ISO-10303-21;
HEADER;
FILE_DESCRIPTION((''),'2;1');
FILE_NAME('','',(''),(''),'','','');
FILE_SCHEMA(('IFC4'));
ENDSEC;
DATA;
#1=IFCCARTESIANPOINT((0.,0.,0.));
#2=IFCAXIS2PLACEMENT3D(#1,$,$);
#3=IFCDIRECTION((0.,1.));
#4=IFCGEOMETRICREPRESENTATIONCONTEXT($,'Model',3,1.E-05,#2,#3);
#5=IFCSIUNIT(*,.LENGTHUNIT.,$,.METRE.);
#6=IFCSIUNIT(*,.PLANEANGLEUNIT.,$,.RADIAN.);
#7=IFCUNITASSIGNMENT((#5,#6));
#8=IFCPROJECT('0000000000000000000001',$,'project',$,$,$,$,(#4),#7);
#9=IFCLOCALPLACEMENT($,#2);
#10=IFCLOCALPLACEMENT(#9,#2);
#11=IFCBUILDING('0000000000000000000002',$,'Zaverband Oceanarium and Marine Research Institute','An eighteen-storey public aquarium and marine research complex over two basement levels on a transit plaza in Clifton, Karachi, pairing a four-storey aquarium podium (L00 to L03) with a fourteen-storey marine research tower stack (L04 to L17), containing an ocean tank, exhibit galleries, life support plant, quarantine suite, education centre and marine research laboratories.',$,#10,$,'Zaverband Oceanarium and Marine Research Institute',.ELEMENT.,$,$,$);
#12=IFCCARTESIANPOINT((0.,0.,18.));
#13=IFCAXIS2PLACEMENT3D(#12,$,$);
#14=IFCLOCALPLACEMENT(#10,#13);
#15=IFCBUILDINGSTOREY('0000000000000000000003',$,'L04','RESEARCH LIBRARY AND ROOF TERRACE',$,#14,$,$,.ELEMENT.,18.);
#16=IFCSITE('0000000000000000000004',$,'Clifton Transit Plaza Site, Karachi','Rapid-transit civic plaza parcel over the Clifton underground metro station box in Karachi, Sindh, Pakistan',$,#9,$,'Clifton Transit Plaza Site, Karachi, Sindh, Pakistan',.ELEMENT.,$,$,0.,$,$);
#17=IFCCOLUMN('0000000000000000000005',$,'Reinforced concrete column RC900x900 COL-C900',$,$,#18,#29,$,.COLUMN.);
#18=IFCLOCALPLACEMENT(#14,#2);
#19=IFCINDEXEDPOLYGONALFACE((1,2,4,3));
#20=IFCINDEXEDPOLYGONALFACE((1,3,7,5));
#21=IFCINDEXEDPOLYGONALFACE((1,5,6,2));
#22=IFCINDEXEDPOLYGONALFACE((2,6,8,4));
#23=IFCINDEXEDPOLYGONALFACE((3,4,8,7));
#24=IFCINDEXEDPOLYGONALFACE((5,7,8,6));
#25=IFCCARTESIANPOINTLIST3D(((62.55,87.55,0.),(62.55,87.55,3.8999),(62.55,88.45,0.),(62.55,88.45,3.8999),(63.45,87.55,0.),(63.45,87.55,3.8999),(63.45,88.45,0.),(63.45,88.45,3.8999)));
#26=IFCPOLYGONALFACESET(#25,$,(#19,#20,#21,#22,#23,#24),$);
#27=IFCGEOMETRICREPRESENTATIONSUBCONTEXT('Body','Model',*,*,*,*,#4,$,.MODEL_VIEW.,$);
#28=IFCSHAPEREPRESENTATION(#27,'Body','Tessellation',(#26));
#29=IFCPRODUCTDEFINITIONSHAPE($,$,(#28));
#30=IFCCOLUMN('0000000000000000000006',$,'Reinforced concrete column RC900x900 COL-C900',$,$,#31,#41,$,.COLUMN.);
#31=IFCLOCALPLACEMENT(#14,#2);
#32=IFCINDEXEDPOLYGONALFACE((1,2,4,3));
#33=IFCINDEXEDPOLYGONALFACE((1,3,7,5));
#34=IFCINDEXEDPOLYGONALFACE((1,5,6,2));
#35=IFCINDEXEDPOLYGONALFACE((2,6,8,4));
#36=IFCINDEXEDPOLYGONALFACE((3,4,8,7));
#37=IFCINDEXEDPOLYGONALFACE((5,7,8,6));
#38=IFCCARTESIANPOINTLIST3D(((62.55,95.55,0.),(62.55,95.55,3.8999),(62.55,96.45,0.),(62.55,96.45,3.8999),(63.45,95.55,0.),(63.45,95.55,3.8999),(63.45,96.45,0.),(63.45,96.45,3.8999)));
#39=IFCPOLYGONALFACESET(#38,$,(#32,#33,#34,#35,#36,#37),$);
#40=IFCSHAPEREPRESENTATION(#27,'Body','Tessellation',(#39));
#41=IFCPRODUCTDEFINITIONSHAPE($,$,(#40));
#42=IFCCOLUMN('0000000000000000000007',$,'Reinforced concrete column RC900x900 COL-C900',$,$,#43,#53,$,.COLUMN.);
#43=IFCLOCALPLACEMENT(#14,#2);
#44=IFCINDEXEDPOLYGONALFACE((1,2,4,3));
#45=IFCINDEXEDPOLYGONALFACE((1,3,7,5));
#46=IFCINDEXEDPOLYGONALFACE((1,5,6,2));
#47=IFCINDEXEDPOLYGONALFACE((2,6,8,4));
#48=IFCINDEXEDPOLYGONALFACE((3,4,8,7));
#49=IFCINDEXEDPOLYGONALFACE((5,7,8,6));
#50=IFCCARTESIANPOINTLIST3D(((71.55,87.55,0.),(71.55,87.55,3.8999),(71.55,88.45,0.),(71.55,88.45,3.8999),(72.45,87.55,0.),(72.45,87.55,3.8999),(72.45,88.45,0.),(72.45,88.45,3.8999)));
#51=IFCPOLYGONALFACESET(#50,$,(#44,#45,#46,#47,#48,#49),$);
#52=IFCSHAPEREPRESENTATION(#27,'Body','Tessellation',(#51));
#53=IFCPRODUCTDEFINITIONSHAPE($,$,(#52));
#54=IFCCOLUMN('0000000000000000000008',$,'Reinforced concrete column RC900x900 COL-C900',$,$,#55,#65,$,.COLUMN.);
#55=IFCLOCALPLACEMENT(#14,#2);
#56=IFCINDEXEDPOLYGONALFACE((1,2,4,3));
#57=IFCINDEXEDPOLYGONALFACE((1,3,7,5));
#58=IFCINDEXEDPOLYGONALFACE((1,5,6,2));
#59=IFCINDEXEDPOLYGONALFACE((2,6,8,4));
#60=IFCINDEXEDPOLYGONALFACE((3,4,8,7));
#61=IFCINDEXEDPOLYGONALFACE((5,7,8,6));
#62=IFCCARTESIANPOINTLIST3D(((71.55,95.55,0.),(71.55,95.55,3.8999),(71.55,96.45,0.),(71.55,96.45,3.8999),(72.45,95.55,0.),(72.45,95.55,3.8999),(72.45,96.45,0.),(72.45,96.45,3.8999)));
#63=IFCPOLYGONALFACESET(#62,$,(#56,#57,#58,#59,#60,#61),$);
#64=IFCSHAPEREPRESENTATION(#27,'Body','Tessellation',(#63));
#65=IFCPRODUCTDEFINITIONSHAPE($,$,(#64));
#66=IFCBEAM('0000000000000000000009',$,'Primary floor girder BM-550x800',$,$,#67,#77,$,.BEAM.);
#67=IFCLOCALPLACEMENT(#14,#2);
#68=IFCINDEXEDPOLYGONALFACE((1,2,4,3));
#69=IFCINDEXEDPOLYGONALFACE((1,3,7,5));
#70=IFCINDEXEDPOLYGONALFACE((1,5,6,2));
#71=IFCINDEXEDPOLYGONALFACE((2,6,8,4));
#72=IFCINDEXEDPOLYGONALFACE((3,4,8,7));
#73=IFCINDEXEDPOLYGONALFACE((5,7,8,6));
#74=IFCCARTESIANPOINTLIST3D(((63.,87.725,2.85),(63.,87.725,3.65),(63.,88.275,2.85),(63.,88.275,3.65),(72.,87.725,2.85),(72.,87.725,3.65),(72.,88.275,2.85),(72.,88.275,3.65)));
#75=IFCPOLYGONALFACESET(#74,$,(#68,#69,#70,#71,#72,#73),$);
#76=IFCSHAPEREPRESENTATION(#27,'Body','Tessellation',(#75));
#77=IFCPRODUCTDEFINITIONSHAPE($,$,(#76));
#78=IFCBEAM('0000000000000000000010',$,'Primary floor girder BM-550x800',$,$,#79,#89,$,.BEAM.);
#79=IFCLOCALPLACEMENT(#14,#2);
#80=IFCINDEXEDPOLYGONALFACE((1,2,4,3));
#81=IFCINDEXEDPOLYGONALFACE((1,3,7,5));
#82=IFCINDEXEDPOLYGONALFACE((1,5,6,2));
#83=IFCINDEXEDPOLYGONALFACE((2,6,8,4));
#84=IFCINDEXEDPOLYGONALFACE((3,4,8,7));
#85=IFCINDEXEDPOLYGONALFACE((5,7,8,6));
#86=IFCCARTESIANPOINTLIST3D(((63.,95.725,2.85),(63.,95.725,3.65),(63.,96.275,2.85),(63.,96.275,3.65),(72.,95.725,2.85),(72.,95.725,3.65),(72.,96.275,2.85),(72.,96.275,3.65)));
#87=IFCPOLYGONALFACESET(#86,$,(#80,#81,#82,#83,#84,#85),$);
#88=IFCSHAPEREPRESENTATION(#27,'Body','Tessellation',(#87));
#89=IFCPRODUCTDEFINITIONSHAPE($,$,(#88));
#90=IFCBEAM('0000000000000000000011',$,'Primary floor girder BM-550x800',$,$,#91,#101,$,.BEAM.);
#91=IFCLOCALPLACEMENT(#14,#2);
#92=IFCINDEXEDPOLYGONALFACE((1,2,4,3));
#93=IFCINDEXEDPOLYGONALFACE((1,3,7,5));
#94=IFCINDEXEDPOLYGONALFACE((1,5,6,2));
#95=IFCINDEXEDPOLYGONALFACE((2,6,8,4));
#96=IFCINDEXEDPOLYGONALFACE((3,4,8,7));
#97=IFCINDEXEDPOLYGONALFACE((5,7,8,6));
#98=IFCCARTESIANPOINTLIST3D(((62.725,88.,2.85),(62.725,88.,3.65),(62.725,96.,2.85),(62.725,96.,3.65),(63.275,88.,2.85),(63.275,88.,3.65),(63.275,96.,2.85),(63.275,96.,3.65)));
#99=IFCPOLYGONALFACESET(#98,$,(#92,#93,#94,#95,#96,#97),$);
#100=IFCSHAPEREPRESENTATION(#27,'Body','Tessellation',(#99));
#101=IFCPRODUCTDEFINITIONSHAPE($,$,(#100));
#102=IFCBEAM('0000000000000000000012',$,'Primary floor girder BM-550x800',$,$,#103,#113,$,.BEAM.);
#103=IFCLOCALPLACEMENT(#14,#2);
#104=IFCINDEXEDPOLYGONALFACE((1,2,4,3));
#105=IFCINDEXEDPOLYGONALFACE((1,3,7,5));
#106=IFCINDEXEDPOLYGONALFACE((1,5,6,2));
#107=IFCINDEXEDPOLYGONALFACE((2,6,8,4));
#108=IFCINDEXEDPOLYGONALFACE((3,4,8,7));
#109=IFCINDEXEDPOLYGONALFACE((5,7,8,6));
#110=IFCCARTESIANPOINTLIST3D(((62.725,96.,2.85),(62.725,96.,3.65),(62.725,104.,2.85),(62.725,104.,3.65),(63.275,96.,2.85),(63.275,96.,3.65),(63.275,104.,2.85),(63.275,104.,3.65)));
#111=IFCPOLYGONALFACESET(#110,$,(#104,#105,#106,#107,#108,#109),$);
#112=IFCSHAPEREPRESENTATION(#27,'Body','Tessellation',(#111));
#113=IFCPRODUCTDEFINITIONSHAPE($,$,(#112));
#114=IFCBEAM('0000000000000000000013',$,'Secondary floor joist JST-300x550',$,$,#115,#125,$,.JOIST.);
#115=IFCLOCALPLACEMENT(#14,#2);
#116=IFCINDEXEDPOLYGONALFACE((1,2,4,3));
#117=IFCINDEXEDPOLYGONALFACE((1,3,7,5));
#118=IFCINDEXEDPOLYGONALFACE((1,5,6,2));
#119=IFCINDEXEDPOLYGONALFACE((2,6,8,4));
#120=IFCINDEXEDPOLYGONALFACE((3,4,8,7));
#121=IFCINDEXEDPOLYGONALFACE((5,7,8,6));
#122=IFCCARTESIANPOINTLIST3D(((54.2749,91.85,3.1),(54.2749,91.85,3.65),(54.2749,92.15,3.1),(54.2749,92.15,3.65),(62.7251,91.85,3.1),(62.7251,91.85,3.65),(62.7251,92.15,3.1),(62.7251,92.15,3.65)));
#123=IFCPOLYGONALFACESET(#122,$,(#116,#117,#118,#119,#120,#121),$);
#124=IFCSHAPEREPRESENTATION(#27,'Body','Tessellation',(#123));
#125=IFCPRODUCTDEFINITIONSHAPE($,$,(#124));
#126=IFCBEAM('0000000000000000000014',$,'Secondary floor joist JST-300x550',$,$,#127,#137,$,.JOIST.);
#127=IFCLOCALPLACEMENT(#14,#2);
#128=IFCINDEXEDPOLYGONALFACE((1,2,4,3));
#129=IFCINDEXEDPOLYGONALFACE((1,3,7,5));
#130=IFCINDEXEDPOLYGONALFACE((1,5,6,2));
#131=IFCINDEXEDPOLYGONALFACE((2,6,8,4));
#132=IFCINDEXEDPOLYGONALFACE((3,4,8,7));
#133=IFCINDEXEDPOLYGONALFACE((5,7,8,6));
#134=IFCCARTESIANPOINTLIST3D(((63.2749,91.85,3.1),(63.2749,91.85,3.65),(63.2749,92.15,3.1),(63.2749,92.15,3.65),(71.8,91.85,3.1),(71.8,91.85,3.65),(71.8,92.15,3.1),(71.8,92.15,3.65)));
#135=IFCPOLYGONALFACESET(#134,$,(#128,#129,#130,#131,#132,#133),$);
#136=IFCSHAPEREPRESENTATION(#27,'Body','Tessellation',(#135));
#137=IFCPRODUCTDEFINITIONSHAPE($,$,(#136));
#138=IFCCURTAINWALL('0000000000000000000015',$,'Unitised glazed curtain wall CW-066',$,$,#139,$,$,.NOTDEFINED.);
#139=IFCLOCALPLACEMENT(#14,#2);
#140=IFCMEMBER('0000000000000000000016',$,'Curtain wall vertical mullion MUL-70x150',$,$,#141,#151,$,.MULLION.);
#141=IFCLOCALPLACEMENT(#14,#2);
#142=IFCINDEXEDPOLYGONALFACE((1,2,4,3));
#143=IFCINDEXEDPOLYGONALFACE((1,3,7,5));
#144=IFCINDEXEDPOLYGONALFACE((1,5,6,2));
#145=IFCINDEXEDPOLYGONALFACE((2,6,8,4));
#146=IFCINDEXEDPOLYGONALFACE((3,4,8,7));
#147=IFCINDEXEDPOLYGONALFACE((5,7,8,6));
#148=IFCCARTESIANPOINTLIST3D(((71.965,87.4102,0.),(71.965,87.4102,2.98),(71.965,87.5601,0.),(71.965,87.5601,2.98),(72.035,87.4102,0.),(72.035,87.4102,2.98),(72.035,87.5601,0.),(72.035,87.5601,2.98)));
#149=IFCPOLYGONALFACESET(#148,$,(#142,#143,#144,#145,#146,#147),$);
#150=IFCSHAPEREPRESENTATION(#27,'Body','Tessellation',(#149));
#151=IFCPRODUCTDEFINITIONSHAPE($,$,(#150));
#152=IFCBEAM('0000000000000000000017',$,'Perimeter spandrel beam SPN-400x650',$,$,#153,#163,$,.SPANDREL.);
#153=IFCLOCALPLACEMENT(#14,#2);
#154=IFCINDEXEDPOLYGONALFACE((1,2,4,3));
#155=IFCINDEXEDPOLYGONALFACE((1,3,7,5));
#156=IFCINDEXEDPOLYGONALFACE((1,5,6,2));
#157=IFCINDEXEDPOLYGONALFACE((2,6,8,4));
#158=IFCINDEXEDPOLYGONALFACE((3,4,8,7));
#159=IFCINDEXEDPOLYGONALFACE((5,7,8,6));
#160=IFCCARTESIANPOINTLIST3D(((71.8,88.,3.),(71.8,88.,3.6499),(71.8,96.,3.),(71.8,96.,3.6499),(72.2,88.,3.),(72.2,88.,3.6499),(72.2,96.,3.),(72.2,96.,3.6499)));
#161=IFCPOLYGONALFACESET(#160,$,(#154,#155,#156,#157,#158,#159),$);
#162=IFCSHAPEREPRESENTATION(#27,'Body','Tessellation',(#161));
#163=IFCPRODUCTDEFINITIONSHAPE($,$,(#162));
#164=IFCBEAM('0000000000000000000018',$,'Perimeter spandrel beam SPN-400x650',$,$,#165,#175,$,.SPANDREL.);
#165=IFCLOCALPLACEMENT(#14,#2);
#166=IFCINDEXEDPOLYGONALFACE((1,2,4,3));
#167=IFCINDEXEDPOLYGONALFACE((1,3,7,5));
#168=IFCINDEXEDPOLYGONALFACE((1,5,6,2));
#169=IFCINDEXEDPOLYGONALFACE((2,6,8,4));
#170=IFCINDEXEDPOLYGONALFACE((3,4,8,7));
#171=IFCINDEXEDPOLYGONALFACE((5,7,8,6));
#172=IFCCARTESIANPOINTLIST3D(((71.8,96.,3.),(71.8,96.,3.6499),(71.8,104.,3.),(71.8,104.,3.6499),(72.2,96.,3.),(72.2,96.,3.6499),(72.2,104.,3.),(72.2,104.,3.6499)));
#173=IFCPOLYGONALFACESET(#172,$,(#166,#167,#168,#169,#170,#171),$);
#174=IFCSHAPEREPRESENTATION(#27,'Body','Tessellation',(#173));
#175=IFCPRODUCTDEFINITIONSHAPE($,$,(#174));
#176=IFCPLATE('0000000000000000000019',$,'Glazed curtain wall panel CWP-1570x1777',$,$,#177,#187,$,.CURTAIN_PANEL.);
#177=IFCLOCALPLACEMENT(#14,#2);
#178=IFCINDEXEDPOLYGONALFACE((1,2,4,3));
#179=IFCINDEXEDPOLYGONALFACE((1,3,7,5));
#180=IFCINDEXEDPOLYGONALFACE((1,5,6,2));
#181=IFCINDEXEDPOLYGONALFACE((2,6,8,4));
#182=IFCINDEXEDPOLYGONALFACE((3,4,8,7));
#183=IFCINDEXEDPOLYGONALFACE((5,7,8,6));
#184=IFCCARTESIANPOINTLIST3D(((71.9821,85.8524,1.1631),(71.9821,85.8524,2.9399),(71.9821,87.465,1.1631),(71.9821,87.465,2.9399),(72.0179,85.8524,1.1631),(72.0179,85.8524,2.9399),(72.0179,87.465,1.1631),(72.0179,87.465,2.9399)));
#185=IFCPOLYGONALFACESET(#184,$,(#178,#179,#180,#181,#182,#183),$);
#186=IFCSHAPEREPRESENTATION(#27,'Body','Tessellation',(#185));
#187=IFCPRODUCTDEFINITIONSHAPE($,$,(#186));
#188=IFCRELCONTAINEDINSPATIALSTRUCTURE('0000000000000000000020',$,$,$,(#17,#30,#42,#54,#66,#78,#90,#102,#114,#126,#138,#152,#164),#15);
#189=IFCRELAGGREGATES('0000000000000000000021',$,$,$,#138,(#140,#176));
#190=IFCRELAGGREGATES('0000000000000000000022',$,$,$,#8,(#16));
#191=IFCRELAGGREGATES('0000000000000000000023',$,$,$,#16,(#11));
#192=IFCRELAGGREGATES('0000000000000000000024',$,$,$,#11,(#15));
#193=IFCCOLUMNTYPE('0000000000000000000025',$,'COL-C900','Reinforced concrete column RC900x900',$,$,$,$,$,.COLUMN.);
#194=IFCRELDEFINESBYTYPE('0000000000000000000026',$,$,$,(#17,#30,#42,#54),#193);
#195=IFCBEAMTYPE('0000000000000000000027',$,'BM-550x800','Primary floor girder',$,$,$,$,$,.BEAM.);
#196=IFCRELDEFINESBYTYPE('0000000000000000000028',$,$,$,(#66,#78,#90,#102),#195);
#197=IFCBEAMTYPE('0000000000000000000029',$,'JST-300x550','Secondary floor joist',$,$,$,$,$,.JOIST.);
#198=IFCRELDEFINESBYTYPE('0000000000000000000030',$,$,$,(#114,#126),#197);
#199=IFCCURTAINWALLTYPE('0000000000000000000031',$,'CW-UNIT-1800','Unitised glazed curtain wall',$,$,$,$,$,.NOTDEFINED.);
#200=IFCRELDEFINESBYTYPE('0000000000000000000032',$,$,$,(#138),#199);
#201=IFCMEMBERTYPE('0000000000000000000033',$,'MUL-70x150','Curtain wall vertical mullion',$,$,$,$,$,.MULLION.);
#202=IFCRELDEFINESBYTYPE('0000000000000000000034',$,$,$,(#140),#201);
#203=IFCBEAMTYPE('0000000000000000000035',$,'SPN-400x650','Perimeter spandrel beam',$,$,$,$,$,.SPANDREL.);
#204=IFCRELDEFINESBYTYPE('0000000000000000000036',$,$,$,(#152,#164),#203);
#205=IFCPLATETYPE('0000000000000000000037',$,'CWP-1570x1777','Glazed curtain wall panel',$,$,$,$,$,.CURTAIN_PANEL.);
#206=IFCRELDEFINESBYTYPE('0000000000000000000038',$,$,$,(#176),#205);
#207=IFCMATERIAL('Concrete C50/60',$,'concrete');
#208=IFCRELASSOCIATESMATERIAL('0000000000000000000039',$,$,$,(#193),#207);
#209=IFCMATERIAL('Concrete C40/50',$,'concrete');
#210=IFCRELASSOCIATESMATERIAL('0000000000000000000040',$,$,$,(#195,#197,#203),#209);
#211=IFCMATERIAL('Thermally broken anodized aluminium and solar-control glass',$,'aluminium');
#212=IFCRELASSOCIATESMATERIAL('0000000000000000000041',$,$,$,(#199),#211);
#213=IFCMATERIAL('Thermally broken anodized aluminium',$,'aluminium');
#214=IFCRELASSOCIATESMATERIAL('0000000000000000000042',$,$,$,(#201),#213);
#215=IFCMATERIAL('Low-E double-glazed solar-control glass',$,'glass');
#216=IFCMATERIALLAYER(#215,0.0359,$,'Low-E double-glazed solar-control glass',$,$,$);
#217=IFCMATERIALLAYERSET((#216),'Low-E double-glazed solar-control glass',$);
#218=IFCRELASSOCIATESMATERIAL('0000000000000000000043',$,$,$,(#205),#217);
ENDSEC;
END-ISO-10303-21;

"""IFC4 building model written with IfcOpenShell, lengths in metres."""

from ifc_helpers import new_model, si_unit, direction, frame, frame_2d, origin, origin_2d, place, context, subcontext, project, spatial, rectangle, extrude, material, layer, layer_set, material_profile, profile_set, type_object, element, aggregate, save


model = new_model("IFC4")

# Units and contexts
model_context = context("Model", 3, precision=1e-05, world=origin(), true_north=direction((0.0, 1.0)))
body_context = subcontext(model_context, "Body", "Model", "MODEL_VIEW")
ifc_project = project(units=[si_unit("LENGTHUNIT", "METRE"), si_unit("PLANEANGLEUNIT", "RADIAN")], contexts=[model_context])

# Site, building, storey
site_placement = place(None, origin())
site = spatial("IfcSite", under=ifc_project, at=site_placement, Name="Clifton Transit Plaza Site, Karachi", Description="Rapid-transit civic plaza parcel over the Clifton underground metro station box in Karachi, Sindh, Pakistan", LongName="Clifton Transit Plaza Site, Karachi, Sindh, Pakistan", CompositionType="ELEMENT", RefElevation=0.0)
building_placement = place(site_placement, origin())
building = spatial("IfcBuilding", under=site, at=building_placement, Name="Zaverband Oceanarium and Marine Research Institute", Description="An eighteen-storey public aquarium and marine research complex over two basement levels on a transit plaza in Clifton, Karachi, pairing a four-storey aquarium podium (L00 to L03) with a fourteen-storey marine research tower stack (L04 to L17), containing an ocean tank, exhibit galleries, life support plant, quarantine suite, education centre and marine research laboratories.", LongName="Zaverband Oceanarium and Marine Research Institute", CompositionType="ELEMENT")
storey_placement = place(building_placement, frame((0.0, 0.0, 18.0)))
storey = spatial("IfcBuildingStorey", under=building, at=storey_placement, Name="L04", Description="RESEARCH LIBRARY AND ROOF TERRACE", CompositionType="ELEMENT", Elevation=18.0)

# Columns
ifc_material_1 = material(Name="Concrete C50/60", Category="concrete")
ifc_material_profile_1 = material_profile(ifc_material_1, rectangle(XDim=0.8999, YDim=0.8999, at=origin_2d()), Name="RC900x900")
ifc_profile_set_1 = profile_set([ifc_material_profile_1], Name="Concrete C50/60")
column_type = type_object("IfcColumnType", Name="COL-C900", Description="Reinforced concrete column RC900x900", PredefinedType="COLUMN", material=ifc_profile_set_1)
for number, where, z_axis, x_axis, name in (
    (1, (63.0, 88.0, 0.0), (0.0, 0.0, 1.0), (1.0, 0.0, 0.0), "Reinforced concrete column RC900x900 COL-C900"),
    (2, (63.0, 96.0, 0.0), (0.0, 0.0, 1.0), (1.0, 0.0, 0.0), "Reinforced concrete column RC900x900 COL-C900"),
    (3, (72.0, 88.0, 0.0), (0.0, 0.0, 1.0), (1.0, 0.0, 0.0), "Reinforced concrete column RC900x900 COL-C900"),
    (4, (72.0, 96.0, 0.0), (0.0, 0.0, 1.0), (1.0, 0.0, 0.0), "Reinforced concrete column RC900x900 COL-C900"),
):
    element("IfcColumn", number, at=place(storey_placement, frame(where, z_axis=z_axis, x_axis=x_axis)), inside=storey, type_object=column_type, Name=name, PredefinedType="COLUMN", context=body_context, shape_type="SweptSolid", body=[
        extrude(rectangle(XDim=0.8999, YDim=0.8999, at=origin_2d()), origin(), (0.0, 0.0, 1.0), 3.8999),
    ])

# Beams
ifc_material_2 = material(Name="Concrete C40/50", Category="concrete")
ifc_material_profile_2 = material_profile(ifc_material_2, rectangle(XDim=0.55, YDim=0.8, at=origin_2d()), Name="RC550x800")
ifc_profile_set_2 = profile_set([ifc_material_profile_2], Name="Concrete C40/50")
beam_type_1 = type_object("IfcBeamType", Name="BM-550x800", Description="Primary floor girder", PredefinedType="BEAM", material=ifc_profile_set_2)
for number, where, z_axis, x_axis, name in (
    (5, (63.0, 88.0, 3.25), (1.0, 0.0, 0.0), (0.0, 1.0, 0.0), "Primary floor girder BM-550x800"),
    (6, (63.0, 96.0, 3.25), (1.0, 0.0, 0.0), (0.0, 1.0, 0.0), "Primary floor girder BM-550x800"),
):
    element("IfcBeam", number, at=place(storey_placement, frame(where, z_axis=z_axis, x_axis=x_axis)), inside=storey, type_object=beam_type_1, Name=name, PredefinedType="BEAM", context=body_context, shape_type="SweptSolid", body=[
        extrude(rectangle(XDim=0.55, YDim=0.8, at=origin_2d()), origin(), (0.0, 0.0, 1.0), 9.0),
    ])
for number, where, z_axis, x_axis, name in (
    (7, (63.0, 88.0, 3.25), (0.0, 1.0, 0.0), (-1.0, 0.0, 0.0), "Primary floor girder BM-550x800"),
    (8, (63.0, 96.0, 3.25), (0.0, 1.0, 0.0), (-1.0, 0.0, 0.0), "Primary floor girder BM-550x800"),
):
    element("IfcBeam", number, at=place(storey_placement, frame(where, z_axis=z_axis, x_axis=x_axis)), inside=storey, type_object=beam_type_1, Name=name, PredefinedType="BEAM", context=body_context, shape_type="SweptSolid", body=[
        extrude(rectangle(XDim=0.55, YDim=0.8, at=origin_2d()), origin(), (0.0, 0.0, 1.0), 8.0),
    ])
ifc_material_profile_3 = material_profile(ifc_material_2, rectangle(XDim=0.3, YDim=0.55, at=origin_2d()), Name="RC300x550")
ifc_profile_set_3 = profile_set([ifc_material_profile_3], Name="Concrete C40/50")
beam_type_2 = type_object("IfcBeamType", Name="JST-300x550", Description="Secondary floor joist", PredefinedType="JOIST", material=ifc_profile_set_3)
beam_1_placement = place(storey_placement, frame((54.2749, 92.0, 3.375), z_axis=(1.0, 0.0, 0.0), x_axis=(0.0, 1.0, 0.0)))
element("IfcBeam", 9, at=beam_1_placement, inside=storey, type_object=beam_type_2, Name="Secondary floor joist JST-300x550", PredefinedType="JOIST", context=body_context, shape_type="SweptSolid", body=[
    extrude(rectangle(XDim=0.3, YDim=0.55, at=origin_2d()), origin(), (0.0, 0.0, 1.0), 8.4502),
])
beam_2_placement = place(storey_placement, frame((63.2749, 92.0, 3.375), z_axis=(1.0, 0.0, 0.0), x_axis=(0.0, 1.0, 0.0)))
element("IfcBeam", 10, at=beam_2_placement, inside=storey, type_object=beam_type_2, Name="Secondary floor joist JST-300x550", PredefinedType="JOIST", context=body_context, shape_type="SweptSolid", body=[
    extrude(rectangle(XDim=0.3, YDim=0.55, at=origin_2d()), origin(), (0.0, 0.0, 1.0), 8.5251),
])

# Curtain wall, member
ifc_material_3 = material(Name="Thermally broken anodized aluminium and solar-control glass", Category="aluminium")
curtain_wall_type = type_object("IfcCurtainWallType", Name="CW-UNIT-1800", Description="Unitised glazed curtain wall", PredefinedType="NOTDEFINED", material=ifc_material_3)
curtain_wall_placement = place(storey_placement, origin())
curtain_wall = element("IfcCurtainWall", 11, at=curtain_wall_placement, inside=storey, type_object=curtain_wall_type, Name="Unitised glazed curtain wall CW-066", PredefinedType="NOTDEFINED")
ifc_material_4 = material(Name="Thermally broken anodized aluminium", Category="aluminium")
ifc_material_profile_4 = material_profile(ifc_material_4, rectangle(XDim=0.0701, YDim=0.1499, at=origin_2d()), Name="AL-MUL-70x150")
ifc_profile_set_4 = profile_set([ifc_material_profile_4], Name="Thermally broken anodized aluminium")
member_type = type_object("IfcMemberType", Name="MUL-70x150", Description="Curtain wall vertical mullion", PredefinedType="MULLION", material=ifc_profile_set_4)
member_placement = place(storey_placement, frame((72.0, 87.4851, 0.0), z_axis=(0.0, 0.0, 1.0), x_axis=(1.0, 0.0, 0.0)))
member = element("IfcMember", 12, at=member_placement, type_object=member_type, Name="Curtain wall vertical mullion MUL-70x150", PredefinedType="MULLION", context=body_context, shape_type="SweptSolid", body=[
    extrude(rectangle(XDim=0.0701, YDim=0.1499, at=origin_2d()), origin(), (0.0, 0.0, 1.0), 2.98),
])

# Beams
ifc_material_profile_5 = material_profile(ifc_material_2, rectangle(XDim=0.3999, YDim=0.6499, at=origin_2d()), Name="RC400x650")
ifc_profile_set_5 = profile_set([ifc_material_profile_5], Name="Concrete C40/50")
beam_type_3 = type_object("IfcBeamType", Name="SPN-400x650", Description="Perimeter spandrel beam", PredefinedType="SPANDREL", material=ifc_profile_set_5)
for number, where, z_axis, x_axis, name in (
    (13, (72.0, 88.0, 3.325), (0.0, 1.0, 0.0), (-1.0, 0.0, 0.0), "Perimeter spandrel beam SPN-400x650"),
    (14, (72.0, 96.0, 3.325), (0.0, 1.0, 0.0), (-1.0, 0.0, 0.0), "Perimeter spandrel beam SPN-400x650"),
):
    element("IfcBeam", number, at=place(storey_placement, frame(where, z_axis=z_axis, x_axis=x_axis)), inside=storey, type_object=beam_type_3, Name=name, PredefinedType="SPANDREL", context=body_context, shape_type="SweptSolid", body=[
        extrude(rectangle(XDim=0.3999, YDim=0.6499, at=origin_2d()), origin(), (0.0, 0.0, 1.0), 8.0),
    ])

# Plate
ifc_material_5 = material(Name="Low-E double-glazed solar-control glass", Category="glass")
ifc_layer_1 = layer(ifc_material_5, 0.0359, Name="Low-E double-glazed solar-control glass")
ifc_layer_set_1 = layer_set([ifc_layer_1], Name="Low-E double-glazed solar-control glass")
plate_type = type_object("IfcPlateType", Name="CWP-1570x1777", Description="Glazed curtain wall panel", PredefinedType="CURTAIN_PANEL", material=ifc_layer_set_1)
plate_placement = place(storey_placement, frame((72.0, 85.8525, 1.1631), z_axis=(0.0, 0.0, 1.0), x_axis=(0.0, 1.0, 0.0)))
plate = element("IfcPlate", 15, at=plate_placement, type_object=plate_type, Name="Glazed curtain wall panel CWP-1570x1777", PredefinedType="CURTAIN_PANEL", context=body_context, shape_type="SweptSolid", body=[
    extrude(rectangle(XDim=1.6125, YDim=0.0359, at=frame_2d((0.8062, 0.0))), origin(), (0.0, 0.0, 1.0), 1.7769),
])
aggregate(curtain_wall, [member, plate])

save(model, "model.ifc")
